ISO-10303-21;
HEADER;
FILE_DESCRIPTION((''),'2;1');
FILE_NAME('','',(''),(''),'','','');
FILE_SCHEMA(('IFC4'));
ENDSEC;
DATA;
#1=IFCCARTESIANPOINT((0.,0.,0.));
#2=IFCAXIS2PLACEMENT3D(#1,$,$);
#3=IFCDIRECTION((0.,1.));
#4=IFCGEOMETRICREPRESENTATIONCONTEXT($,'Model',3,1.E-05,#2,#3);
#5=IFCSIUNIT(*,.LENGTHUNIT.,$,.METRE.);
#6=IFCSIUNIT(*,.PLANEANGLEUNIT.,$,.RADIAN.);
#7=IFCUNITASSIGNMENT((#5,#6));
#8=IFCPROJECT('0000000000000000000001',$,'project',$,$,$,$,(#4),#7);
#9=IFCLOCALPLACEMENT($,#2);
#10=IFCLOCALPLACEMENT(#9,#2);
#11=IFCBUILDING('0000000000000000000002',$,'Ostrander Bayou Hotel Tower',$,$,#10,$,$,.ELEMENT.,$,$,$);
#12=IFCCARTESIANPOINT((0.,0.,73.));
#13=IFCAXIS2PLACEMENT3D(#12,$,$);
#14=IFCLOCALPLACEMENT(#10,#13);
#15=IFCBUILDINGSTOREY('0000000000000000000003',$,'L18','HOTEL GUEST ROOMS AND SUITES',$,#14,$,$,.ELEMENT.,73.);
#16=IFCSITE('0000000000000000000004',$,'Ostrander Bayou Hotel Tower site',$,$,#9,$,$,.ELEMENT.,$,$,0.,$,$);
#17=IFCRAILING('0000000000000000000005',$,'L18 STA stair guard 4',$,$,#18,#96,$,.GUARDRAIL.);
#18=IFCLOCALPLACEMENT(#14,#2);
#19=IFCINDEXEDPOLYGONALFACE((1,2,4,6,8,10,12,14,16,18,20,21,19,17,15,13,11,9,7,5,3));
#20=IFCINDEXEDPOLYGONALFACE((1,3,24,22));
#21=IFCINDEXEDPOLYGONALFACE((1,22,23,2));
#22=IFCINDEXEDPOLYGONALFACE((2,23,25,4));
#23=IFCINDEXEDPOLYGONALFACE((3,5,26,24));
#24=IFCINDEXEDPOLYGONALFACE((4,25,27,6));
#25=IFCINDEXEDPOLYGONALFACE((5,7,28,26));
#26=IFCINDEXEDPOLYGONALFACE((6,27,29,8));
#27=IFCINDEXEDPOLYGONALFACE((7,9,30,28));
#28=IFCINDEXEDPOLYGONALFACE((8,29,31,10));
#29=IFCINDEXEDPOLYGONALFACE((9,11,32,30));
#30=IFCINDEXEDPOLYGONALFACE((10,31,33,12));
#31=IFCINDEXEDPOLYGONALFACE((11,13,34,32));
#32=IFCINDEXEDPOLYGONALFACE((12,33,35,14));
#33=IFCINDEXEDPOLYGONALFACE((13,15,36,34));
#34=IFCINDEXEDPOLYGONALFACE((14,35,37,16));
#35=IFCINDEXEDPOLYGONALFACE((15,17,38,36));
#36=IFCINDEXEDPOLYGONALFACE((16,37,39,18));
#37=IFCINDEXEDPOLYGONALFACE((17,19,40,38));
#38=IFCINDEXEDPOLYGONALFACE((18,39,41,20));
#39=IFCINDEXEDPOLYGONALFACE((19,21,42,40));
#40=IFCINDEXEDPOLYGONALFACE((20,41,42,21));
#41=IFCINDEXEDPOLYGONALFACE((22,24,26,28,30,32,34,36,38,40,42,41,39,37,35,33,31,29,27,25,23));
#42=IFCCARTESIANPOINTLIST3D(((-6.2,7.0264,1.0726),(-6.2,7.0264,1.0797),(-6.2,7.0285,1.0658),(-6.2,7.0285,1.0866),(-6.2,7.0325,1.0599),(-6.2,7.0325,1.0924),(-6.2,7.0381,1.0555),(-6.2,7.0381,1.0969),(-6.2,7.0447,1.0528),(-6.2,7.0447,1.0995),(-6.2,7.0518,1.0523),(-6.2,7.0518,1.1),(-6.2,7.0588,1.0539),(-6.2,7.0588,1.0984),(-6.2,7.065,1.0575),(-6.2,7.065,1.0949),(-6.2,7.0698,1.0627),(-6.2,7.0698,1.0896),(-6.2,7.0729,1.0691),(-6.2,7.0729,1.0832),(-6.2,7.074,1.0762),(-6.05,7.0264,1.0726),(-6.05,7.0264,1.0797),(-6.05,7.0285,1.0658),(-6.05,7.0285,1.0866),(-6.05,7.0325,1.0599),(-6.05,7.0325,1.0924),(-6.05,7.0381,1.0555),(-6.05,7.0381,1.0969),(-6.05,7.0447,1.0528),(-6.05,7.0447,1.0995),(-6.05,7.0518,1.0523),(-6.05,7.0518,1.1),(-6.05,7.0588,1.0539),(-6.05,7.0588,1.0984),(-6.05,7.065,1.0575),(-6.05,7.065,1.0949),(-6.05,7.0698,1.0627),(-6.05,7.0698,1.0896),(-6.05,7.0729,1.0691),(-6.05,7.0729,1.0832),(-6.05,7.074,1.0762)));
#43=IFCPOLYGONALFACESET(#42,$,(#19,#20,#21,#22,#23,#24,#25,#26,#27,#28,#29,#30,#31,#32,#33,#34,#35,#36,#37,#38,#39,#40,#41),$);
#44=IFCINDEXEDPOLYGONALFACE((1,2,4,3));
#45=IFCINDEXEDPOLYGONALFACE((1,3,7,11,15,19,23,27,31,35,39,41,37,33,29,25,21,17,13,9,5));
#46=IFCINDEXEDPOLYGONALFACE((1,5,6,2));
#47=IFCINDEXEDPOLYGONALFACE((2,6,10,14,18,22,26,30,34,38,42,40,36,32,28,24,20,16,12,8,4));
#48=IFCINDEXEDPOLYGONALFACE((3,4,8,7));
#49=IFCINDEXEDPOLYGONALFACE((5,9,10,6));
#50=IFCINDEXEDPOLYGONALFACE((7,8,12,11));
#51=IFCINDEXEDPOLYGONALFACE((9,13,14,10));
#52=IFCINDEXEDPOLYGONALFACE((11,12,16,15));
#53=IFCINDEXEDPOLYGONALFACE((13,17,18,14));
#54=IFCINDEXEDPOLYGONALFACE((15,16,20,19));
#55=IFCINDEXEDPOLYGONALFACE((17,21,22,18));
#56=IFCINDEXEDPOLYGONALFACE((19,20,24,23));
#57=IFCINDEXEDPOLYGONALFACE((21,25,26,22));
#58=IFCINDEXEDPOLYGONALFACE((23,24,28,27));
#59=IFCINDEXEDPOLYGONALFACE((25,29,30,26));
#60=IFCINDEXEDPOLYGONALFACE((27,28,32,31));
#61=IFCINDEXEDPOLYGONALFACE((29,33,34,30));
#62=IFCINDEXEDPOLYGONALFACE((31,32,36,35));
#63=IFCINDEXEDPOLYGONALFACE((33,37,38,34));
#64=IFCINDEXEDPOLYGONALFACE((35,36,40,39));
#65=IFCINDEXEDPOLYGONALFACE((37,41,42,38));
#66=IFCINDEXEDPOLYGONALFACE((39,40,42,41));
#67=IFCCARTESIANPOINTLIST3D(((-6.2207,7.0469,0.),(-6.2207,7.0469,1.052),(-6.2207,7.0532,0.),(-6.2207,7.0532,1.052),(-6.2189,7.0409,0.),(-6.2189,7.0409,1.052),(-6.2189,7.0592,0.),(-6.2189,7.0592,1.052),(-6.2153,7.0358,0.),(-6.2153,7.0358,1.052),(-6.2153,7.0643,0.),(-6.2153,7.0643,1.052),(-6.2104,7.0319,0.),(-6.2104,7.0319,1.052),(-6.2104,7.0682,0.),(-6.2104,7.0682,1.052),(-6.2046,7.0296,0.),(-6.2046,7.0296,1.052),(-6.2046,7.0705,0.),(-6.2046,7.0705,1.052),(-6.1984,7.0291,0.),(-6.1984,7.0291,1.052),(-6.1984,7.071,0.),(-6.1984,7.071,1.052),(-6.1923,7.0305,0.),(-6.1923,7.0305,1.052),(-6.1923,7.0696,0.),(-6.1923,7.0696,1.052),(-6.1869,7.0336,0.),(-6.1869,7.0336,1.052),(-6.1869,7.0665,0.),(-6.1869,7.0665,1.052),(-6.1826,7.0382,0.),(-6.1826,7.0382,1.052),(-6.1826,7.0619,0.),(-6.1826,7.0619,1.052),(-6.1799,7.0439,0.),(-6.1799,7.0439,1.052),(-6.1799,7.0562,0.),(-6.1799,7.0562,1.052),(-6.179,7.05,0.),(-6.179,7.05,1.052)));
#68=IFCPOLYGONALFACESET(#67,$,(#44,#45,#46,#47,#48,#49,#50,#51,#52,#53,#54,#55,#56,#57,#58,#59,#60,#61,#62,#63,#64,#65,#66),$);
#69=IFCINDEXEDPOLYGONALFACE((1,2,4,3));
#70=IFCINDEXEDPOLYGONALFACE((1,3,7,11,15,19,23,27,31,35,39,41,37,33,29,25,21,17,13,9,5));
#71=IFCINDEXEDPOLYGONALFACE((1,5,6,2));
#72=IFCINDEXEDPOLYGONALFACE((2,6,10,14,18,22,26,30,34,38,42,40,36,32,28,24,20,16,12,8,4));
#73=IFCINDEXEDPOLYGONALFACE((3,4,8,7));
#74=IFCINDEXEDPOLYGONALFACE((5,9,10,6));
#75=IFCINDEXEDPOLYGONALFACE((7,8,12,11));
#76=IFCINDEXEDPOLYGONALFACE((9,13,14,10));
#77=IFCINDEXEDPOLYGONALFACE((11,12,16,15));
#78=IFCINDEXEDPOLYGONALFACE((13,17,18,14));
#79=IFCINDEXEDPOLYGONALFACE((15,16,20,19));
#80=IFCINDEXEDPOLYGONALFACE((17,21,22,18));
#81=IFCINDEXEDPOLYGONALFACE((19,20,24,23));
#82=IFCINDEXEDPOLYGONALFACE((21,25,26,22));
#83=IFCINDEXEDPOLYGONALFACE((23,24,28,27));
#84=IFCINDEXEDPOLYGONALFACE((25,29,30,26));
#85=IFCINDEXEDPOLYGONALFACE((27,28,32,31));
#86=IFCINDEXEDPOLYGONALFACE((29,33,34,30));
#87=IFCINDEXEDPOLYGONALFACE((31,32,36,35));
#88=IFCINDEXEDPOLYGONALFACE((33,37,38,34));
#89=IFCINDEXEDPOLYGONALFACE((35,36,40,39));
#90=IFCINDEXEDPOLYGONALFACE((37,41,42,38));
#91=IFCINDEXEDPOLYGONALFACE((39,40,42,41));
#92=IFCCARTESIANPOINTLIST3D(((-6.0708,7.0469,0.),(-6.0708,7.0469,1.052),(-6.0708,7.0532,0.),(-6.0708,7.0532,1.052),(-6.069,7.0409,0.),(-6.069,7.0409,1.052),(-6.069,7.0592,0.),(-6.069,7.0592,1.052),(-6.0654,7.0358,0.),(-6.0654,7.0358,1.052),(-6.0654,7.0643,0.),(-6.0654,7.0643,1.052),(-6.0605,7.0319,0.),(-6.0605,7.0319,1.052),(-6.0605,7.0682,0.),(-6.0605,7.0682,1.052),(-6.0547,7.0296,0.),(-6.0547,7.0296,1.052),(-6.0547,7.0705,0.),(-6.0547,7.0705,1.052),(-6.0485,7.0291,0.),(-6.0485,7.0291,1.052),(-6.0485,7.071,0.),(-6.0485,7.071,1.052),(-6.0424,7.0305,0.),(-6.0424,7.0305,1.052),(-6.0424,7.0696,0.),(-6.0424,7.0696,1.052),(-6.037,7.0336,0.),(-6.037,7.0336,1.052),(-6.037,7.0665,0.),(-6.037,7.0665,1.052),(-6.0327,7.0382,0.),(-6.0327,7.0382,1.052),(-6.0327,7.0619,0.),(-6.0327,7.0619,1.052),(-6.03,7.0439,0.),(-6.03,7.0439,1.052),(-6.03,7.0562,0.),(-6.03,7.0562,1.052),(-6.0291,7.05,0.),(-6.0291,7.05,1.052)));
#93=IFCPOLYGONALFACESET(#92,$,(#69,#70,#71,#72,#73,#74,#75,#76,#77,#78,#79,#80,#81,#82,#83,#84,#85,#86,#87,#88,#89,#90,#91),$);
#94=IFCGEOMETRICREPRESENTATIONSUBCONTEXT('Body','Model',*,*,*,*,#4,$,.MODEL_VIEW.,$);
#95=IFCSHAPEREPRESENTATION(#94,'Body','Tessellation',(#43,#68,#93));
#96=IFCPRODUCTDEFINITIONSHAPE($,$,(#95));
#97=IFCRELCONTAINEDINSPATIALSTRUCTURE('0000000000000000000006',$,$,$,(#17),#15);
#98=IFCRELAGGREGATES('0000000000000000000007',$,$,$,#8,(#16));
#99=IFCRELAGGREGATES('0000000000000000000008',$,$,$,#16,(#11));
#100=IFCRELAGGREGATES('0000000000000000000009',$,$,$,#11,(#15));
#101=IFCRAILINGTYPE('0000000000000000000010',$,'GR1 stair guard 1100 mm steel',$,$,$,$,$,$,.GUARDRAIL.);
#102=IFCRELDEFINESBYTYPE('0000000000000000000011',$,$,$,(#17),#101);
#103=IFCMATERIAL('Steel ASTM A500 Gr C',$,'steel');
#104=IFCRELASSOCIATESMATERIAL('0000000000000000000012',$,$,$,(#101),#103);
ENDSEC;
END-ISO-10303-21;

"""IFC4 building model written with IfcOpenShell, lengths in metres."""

from ifc_helpers import new_model, si_unit, direction, frame, origin, origin_2d, place, context, subcontext, project, spatial, circle, extrude, material, type_object, element, save


model = new_model("IFC4")

# Units and contexts
model_context = context("Model", 3, precision=1e-05, world=origin(), true_north=direction((0.0, 1.0)))
body_context = subcontext(model_context, "Body", "Model", "MODEL_VIEW")
ifc_project = project(units=[si_unit("LENGTHUNIT", "METRE"), si_unit("PLANEANGLEUNIT", "RADIAN")], contexts=[model_context])

# Site, building, storey
site_placement = place(None, origin())
site = spatial("IfcSite", under=ifc_project, at=site_placement, Name="Ostrander Bayou Hotel Tower site", CompositionType="ELEMENT", RefElevation=0.0)
building_placement = place(site_placement, origin())
building = spatial("IfcBuilding", under=site, at=building_placement, Name="Ostrander Bayou Hotel Tower", CompositionType="ELEMENT")
storey_placement = place(building_placement, frame((0.0, 0.0, 73.0)))
storey = spatial("IfcBuildingStorey", under=building, at=storey_placement, Name="L18", Description="HOTEL GUEST ROOMS AND SUITES", CompositionType="ELEMENT", Elevation=73.0)

# Railing
ifc_material_1 = material(Name="Steel ASTM A500 Gr C", Category="steel")
railing_type_1 = type_object("IfcRailingType", Name="GR1 stair guard 1100 mm steel", PredefinedType="GUARDRAIL", material=ifc_material_1)
railing_1_placement = place(storey_placement, frame((-6.2, 7.05, 0.0)))
element("IfcRailing", 1, at=railing_1_placement, inside=storey, type_object=railing_type_1, Name="L18 STA stair guard 4", PredefinedType="GUARDRAIL", context=body_context, shape_type="SweptSolid", body=[
    extrude(circle(Radius=0.0239, at=origin_2d()), frame((0.0, 0.0, 1.0762), z_axis=(1.0, 0.0, 0.0), x_axis=(0.0, 1.0, 0.0)), (0.0, 0.0, 1.0), 0.1499),
    extrude(circle(Radius=0.021, at=origin_2d()), origin(), (0.0, 0.0, 1.0), 1.052),
    extrude(circle(Radius=0.021, at=origin_2d()), frame((0.1499, 0.0, 0.0)), (0.0, 0.0, 1.0), 1.052),
])

save(model, "model.ifc")
